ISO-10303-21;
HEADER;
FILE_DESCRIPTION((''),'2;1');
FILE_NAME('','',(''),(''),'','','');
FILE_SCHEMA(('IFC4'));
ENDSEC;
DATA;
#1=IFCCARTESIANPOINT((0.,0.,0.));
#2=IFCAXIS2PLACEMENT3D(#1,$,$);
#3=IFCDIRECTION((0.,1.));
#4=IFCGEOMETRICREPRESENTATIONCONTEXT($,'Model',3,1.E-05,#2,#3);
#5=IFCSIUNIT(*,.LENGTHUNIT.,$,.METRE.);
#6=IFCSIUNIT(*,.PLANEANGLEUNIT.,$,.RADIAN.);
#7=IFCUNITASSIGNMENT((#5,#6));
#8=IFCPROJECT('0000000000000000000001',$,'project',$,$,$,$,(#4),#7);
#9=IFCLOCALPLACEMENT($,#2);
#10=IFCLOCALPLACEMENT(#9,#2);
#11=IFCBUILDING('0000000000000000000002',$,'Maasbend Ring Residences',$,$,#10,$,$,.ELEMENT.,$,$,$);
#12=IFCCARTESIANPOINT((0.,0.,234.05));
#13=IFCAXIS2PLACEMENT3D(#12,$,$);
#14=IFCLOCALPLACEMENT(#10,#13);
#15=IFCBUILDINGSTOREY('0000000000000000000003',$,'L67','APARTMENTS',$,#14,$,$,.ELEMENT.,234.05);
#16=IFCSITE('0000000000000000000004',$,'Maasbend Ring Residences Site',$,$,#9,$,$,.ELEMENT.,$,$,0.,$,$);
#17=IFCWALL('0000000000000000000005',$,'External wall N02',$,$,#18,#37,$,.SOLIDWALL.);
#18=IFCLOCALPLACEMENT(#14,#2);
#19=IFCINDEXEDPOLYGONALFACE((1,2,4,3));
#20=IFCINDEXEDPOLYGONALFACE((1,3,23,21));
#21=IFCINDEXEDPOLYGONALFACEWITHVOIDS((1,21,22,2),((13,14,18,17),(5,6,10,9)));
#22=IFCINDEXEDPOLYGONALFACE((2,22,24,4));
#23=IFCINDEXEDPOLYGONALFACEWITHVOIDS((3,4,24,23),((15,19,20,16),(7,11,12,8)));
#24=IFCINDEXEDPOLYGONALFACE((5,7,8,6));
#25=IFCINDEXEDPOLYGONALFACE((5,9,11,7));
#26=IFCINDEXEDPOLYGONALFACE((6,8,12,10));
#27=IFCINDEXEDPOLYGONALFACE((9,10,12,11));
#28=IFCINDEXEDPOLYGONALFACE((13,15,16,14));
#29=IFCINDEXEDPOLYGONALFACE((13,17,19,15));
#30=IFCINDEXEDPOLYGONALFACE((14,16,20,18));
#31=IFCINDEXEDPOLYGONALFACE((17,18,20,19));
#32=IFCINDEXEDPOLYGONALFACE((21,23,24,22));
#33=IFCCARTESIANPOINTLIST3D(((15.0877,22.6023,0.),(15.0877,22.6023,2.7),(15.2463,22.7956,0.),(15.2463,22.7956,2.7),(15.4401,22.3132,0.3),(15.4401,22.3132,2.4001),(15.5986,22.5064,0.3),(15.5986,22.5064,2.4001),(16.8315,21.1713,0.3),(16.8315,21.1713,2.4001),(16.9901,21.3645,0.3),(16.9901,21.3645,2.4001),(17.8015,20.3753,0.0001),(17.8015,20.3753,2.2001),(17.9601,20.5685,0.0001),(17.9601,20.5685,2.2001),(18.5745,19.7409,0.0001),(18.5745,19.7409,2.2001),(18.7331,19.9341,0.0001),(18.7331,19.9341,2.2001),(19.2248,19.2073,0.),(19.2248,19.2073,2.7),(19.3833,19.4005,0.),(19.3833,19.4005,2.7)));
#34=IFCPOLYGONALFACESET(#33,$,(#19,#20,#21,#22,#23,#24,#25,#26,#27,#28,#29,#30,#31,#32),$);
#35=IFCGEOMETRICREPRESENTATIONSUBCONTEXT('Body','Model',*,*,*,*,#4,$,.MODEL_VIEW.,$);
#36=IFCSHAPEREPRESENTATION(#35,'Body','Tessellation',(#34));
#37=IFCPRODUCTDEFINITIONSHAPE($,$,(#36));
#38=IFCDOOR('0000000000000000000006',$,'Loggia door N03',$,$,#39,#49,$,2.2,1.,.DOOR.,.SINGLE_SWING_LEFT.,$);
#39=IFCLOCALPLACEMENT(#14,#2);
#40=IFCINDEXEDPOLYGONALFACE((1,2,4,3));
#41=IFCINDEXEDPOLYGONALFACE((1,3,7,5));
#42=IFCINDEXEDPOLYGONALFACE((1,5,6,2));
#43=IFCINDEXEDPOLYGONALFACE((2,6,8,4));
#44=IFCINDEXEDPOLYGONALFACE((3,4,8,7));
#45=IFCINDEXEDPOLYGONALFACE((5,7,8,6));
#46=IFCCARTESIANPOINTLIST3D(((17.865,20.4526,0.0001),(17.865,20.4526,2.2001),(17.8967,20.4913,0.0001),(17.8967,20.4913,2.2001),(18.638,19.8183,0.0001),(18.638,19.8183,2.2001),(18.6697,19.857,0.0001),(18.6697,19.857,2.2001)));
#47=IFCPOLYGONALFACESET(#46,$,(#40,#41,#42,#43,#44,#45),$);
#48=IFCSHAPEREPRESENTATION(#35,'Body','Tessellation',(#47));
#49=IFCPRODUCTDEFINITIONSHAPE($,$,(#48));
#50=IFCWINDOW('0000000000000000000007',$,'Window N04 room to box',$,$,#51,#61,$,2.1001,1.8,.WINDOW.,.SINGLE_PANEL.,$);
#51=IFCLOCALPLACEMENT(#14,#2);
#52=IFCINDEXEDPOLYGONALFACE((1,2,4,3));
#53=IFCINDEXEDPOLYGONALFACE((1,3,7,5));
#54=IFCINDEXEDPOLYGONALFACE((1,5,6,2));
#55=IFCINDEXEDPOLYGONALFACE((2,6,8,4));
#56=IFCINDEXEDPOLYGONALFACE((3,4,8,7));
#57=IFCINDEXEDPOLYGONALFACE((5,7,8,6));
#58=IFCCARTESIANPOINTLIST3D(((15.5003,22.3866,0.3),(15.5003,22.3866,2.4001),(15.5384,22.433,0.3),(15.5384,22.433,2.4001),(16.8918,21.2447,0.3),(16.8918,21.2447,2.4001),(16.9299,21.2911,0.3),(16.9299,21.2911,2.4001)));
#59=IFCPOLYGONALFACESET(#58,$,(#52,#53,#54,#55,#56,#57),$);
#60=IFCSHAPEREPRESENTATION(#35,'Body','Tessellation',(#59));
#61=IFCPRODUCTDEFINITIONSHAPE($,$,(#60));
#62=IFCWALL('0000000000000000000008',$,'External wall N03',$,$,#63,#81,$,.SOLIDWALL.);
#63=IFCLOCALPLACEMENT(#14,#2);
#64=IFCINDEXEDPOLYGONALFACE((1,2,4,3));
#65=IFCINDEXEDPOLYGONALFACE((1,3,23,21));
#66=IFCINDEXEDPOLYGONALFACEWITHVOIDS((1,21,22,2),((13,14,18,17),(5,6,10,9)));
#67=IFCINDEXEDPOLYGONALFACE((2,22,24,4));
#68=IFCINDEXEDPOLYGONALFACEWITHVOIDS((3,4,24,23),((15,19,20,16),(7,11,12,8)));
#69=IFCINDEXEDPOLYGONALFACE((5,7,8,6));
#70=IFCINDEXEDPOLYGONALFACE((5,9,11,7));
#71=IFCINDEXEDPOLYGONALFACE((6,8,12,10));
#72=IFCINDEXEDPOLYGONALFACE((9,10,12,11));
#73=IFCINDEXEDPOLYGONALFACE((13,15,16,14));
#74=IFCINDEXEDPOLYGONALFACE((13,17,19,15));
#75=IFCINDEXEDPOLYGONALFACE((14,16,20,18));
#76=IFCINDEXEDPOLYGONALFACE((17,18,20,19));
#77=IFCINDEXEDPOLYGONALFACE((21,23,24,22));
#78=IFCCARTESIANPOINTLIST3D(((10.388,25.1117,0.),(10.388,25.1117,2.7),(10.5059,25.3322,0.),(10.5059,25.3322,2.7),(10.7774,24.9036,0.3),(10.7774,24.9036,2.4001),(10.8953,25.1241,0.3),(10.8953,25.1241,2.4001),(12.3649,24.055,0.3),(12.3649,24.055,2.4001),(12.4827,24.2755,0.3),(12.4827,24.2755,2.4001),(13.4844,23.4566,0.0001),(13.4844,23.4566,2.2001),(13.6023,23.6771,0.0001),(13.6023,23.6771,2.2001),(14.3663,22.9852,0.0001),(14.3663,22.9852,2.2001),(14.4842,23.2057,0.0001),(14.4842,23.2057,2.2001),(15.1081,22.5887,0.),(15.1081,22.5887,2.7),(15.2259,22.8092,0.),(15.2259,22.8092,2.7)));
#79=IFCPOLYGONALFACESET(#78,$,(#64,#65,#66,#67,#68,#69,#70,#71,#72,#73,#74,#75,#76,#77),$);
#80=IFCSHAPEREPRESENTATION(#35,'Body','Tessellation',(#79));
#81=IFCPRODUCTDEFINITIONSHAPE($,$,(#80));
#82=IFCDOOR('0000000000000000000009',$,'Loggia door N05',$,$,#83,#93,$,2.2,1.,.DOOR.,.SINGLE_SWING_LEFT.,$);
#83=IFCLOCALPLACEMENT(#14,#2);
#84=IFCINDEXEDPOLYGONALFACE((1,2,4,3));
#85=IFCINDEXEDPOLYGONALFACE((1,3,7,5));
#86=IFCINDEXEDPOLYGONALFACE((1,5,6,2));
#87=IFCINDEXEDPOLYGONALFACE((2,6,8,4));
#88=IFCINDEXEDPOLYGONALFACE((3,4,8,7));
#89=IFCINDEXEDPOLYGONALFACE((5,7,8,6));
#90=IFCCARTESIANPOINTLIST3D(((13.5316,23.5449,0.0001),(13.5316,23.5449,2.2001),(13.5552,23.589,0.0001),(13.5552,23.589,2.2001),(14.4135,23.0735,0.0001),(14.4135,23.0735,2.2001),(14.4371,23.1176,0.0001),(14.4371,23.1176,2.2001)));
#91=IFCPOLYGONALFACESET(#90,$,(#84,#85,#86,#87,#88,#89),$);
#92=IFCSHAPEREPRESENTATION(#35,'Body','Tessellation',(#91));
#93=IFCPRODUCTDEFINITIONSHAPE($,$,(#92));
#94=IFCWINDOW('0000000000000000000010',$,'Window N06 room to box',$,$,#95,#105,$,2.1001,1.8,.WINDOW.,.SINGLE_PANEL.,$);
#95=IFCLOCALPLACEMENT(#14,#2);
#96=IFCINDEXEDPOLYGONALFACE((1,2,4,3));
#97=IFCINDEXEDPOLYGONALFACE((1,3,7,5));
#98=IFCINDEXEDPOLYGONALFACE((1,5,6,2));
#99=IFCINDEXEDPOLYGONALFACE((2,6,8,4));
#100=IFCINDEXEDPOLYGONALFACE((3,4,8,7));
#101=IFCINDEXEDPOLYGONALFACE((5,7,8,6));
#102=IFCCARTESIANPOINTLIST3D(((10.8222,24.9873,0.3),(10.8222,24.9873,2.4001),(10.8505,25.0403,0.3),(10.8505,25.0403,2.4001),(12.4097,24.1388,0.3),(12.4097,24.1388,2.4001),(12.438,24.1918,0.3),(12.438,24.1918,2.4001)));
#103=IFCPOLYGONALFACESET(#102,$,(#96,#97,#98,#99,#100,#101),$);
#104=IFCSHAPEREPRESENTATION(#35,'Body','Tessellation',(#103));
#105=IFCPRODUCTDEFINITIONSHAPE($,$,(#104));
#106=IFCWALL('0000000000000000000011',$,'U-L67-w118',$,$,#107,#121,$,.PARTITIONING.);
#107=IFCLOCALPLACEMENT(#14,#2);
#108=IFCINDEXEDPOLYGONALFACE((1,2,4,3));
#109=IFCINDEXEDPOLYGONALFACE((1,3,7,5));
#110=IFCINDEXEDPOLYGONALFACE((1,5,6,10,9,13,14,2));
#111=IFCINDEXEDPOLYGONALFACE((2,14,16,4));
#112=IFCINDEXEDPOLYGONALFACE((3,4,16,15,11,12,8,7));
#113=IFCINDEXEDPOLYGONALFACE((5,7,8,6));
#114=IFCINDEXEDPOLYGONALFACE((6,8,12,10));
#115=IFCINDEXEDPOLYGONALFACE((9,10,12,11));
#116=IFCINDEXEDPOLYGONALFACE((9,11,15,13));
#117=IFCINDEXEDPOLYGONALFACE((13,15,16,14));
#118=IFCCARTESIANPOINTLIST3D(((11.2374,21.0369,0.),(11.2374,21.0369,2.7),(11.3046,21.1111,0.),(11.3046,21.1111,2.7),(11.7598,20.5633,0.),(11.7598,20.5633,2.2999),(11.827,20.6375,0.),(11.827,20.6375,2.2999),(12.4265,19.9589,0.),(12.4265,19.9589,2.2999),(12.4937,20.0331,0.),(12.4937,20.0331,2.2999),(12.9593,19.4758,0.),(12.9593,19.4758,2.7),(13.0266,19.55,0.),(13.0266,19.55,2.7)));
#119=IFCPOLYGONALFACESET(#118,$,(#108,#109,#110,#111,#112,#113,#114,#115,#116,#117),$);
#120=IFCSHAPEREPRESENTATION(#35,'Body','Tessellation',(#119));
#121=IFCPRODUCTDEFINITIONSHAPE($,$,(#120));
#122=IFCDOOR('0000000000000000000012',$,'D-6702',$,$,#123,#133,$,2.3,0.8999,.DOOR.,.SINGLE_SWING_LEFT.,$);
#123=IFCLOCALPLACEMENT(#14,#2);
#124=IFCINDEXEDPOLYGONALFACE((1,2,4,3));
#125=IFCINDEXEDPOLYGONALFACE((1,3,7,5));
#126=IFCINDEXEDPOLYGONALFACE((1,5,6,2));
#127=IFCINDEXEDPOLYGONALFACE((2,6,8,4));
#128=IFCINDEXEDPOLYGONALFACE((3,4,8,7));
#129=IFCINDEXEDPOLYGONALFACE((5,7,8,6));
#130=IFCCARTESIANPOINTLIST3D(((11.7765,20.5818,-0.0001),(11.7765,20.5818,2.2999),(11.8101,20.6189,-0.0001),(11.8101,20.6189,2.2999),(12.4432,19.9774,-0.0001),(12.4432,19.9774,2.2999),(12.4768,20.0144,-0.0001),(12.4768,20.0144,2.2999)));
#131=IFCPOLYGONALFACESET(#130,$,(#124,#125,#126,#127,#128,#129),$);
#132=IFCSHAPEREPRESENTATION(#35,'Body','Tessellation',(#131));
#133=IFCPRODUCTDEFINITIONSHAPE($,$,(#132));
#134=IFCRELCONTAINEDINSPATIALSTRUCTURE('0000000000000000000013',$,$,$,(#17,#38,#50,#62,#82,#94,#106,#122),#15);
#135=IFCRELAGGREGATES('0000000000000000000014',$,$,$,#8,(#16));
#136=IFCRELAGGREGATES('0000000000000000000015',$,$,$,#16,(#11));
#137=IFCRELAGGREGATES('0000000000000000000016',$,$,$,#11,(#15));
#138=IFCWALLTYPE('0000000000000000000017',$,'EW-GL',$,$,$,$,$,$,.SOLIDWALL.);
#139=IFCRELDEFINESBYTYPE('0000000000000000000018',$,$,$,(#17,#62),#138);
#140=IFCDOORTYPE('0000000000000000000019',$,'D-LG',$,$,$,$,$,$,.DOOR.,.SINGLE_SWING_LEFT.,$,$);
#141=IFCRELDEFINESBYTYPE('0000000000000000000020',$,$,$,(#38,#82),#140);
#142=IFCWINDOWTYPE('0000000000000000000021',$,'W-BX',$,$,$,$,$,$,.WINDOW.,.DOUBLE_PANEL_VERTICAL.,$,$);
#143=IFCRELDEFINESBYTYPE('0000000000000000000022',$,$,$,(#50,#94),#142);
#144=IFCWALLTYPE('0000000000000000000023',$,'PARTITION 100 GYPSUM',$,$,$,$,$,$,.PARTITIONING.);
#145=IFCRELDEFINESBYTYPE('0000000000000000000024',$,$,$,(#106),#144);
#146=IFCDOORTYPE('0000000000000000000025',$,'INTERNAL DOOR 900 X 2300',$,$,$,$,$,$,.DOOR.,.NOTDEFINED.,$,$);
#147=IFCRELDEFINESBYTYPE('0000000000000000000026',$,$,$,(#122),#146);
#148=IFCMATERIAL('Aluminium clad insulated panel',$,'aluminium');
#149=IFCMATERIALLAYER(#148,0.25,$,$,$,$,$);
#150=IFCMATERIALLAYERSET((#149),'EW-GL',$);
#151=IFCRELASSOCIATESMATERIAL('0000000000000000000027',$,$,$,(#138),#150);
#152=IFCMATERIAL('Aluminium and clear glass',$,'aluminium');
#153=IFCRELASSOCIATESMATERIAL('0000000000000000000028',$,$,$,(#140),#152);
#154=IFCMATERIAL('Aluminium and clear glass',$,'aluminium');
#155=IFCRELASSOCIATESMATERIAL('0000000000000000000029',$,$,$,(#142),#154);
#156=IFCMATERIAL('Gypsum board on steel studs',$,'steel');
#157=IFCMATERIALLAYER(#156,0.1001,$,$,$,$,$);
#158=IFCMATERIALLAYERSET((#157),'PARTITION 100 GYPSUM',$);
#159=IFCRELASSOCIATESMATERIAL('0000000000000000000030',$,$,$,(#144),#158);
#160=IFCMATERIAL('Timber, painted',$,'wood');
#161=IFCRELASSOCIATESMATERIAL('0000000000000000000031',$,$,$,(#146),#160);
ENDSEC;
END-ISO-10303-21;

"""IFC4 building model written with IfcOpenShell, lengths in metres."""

from ifc_helpers import new_model, si_unit, direction, frame, frame_2d, origin, place, context, subcontext, project, spatial, rectangle, extrude, material, layer, layer_set, type_object, element, fill, save


model = new_model("IFC4")

# Units and contexts
model_context = context("Model", 3, precision=1e-05, world=origin(), true_north=direction((0.0, 1.0)))
body_context = subcontext(model_context, "Body", "Model", "MODEL_VIEW")
ifc_project = project(units=[si_unit("LENGTHUNIT", "METRE"), si_unit("PLANEANGLEUNIT", "RADIAN")], contexts=[model_context])

# Site, building, storey
site_placement = place(None, origin())
site = spatial("IfcSite", under=ifc_project, at=site_placement, Name="Maasbend Ring Residences Site", CompositionType="ELEMENT", RefElevation=0.0)
building_placement = place(site_placement, origin())
building = spatial("IfcBuilding", under=site, at=building_placement, Name="Maasbend Ring Residences", CompositionType="ELEMENT")
storey_placement = place(building_placement, frame((0.0, 0.0, 234.05)))
storey = spatial("IfcBuildingStorey", under=building, at=storey_placement, Name="L67", Description="APARTMENTS", CompositionType="ELEMENT", Elevation=234.05)

# Walls, openings, doors, windows
ifc_material_1 = material(Name="Aluminium clad insulated panel", Category="aluminium")
ifc_layer_1 = layer(ifc_material_1, 0.25)
ifc_layer_set_1 = layer_set([ifc_layer_1], Name="EW-GL")
wall_type_1 = type_object("IfcWallType", Name="EW-GL", PredefinedType="SOLIDWALL", material=ifc_layer_set_1)
wall_1_placement = place(storey_placement, frame((19.304, 19.304, 0.0), z_axis=(0.0, 0.0, 1.0), x_axis=(-0.773019, 0.634382, 0.0)))
wall_1 = element("IfcWall", 1, at=wall_1_placement, inside=storey, type_object=wall_type_1, Name="External wall N02", PredefinedType="SOLIDWALL", context=body_context, shape_type="SweptSolid", body=[
    extrude(rectangle(XDim=5.3518, YDim=0.25, at=frame_2d((2.6758, 0.0))), origin(), (0.0, 0.0, 1.0), 2.7),
])
opening_1_placement = place(wall_1_placement, frame((0.8411, 0.0, 0.0)))
opening_1 = element("IfcOpeningElement", 2, at=opening_1_placement, cuts=wall_1, PredefinedType="OPENING", context=body_context, shape_type="SweptSolid", body=[
    extrude(rectangle(XDim=1.0, YDim=2.2, at=frame_2d((0.5, 1.1001))), frame((0.0, 0.135, 0.0), z_axis=(0.0, -1.0, 0.0), x_axis=(1.0, 0.0, 0.0)), (0.0, 0.0, 1.0), 0.27),
])
opening_2_placement = place(wall_1_placement, frame((3.0959, 0.0, 0.3)))
opening_2 = element("IfcOpeningElement", 3, at=opening_2_placement, cuts=wall_1, PredefinedType="OPENING", context=body_context, shape_type="SweptSolid", body=[
    extrude(rectangle(XDim=1.8, YDim=2.1001, at=frame_2d((0.8999, 1.05))), frame((0.0, 0.135, 0.0), z_axis=(0.0, -1.0, 0.0), x_axis=(1.0, 0.0, 0.0)), (0.0, 0.0, 1.0), 0.27),
])
ifc_material_2 = material(Name="Aluminium and clear glass", Category="aluminium")
door_type_1 = type_object("IfcDoorType", Name="D-LG", OperationType="SINGLE_SWING_LEFT", PredefinedType="DOOR", material=ifc_material_2)
door_1_placement = place(opening_1_placement, origin())
door_1 = element("IfcDoor", 4, at=door_1_placement, inside=storey, type_object=door_type_1, Name="Loggia door N03", OperationType="SINGLE_SWING_LEFT", OverallHeight=2.2, OverallWidth=1.0, PredefinedType="DOOR", context=body_context, shape_type="SweptSolid", body=[
    extrude(rectangle(XDim=1.0, YDim=2.2, at=frame_2d((0.5, 1.1001))), frame((0.0, 0.0249, 0.0), z_axis=(0.0, -1.0, 0.0), x_axis=(1.0, 0.0, 0.0)), (0.0, 0.0, 1.0), 0.05),
])
fill(opening_1, door_1)
ifc_material_3 = material(Name="Aluminium and clear glass", Category="aluminium")
window_type_1 = type_object("IfcWindowType", Name="W-BX", PartitioningType="DOUBLE_PANEL_VERTICAL", PredefinedType="WINDOW", material=ifc_material_3)
window_1_placement = place(opening_2_placement, origin())
window_1 = element("IfcWindow", 5, at=window_1_placement, inside=storey, type_object=window_type_1, Name="Window N04 room to box", OverallHeight=2.1001, OverallWidth=1.8, PartitioningType="SINGLE_PANEL", PredefinedType="WINDOW", context=body_context, shape_type="SweptSolid", body=[
    extrude(rectangle(XDim=1.8, YDim=2.1001, at=frame_2d((0.8999, 1.05))), frame((0.0, 0.03, 0.0), z_axis=(0.0, -1.0, 0.0), x_axis=(1.0, 0.0, 0.0)), (0.0, 0.0, 1.0), 0.0601),
])
fill(opening_2, window_1)
wall_2_placement = place(storey_placement, frame((15.167, 22.699, 0.0), z_axis=(0.0, 0.0, 1.0), x_axis=(-0.881916, 0.471407, 0.0)))
wall_2 = element("IfcWall", 6, at=wall_2_placement, inside=storey, type_object=wall_type_1, Name="External wall N03", PredefinedType="SOLIDWALL", context=body_context, shape_type="SweptSolid", body=[
    extrude(rectangle(XDim=5.3521, YDim=0.25, at=frame_2d((2.676, 0.0))), origin(), (0.0, 0.0, 1.0), 2.7),
])
opening_3_placement = place(wall_2_placement, frame((0.8411, 0.0, 0.0)))
opening_3 = element("IfcOpeningElement", 7, at=opening_3_placement, cuts=wall_2, PredefinedType="OPENING", context=body_context, shape_type="SweptSolid", body=[
    extrude(rectangle(XDim=1.0, YDim=2.2, at=frame_2d((0.5, 1.1001))), frame((0.0, 0.135, 0.0), z_axis=(0.0, -1.0, 0.0), x_axis=(1.0, 0.0, 0.0)), (0.0, 0.0, 1.0), 0.27),
])
opening_4_placement = place(wall_2_placement, frame((3.1106, 0.0, 0.3)))
opening_4 = element("IfcOpeningElement", 8, at=opening_4_placement, cuts=wall_2, PredefinedType="OPENING", context=body_context, shape_type="SweptSolid", body=[
    extrude(rectangle(XDim=1.8, YDim=2.1001, at=frame_2d((0.8999, 1.05))), frame((0.0, 0.135, 0.0), z_axis=(0.0, -1.0, 0.0), x_axis=(1.0, 0.0, 0.0)), (0.0, 0.0, 1.0), 0.27),
])
door_2_placement = place(opening_3_placement, origin())
door_2 = element("IfcDoor", 9, at=door_2_placement, inside=storey, type_object=door_type_1, Name="Loggia door N05", OperationType="SINGLE_SWING_LEFT", OverallHeight=2.2, OverallWidth=1.0, PredefinedType="DOOR", context=body_context, shape_type="SweptSolid", body=[
    extrude(rectangle(XDim=1.0, YDim=2.2, at=frame_2d((0.5, 1.1001))), frame((0.0, 0.0249, 0.0), z_axis=(0.0, -1.0, 0.0), x_axis=(1.0, 0.0, 0.0)), (0.0, 0.0, 1.0), 0.05),
])
fill(opening_3, door_2)
window_2_placement = place(opening_4_placement, origin())
window_2 = element("IfcWindow", 10, at=window_2_placement, inside=storey, type_object=window_type_1, Name="Window N06 room to box", OverallHeight=2.1001, OverallWidth=1.8, PartitioningType="SINGLE_PANEL", PredefinedType="WINDOW", context=body_context, shape_type="SweptSolid", body=[
    extrude(rectangle(XDim=1.8, YDim=2.1001, at=frame_2d((0.8999, 1.05))), frame((0.0, 0.03, 0.0), z_axis=(0.0, -1.0, 0.0), x_axis=(1.0, 0.0, 0.0)), (0.0, 0.0, 1.0), 0.0601),
])
fill(opening_4, window_2)

# Wall, opening, door
ifc_material_4 = material(Name="Gypsum board on steel studs", Category="steel")
ifc_layer_2 = layer(ifc_material_4, 0.1001)
ifc_layer_set_2 = layer_set([ifc_layer_2], Name="PARTITION 100 GYPSUM")
wall_type_2 = type_object("IfcWallType", Name="PARTITION 100 GYPSUM", PredefinedType="PARTITIONING", material=ifc_layer_set_2)
wall_3_placement = place(storey_placement, frame((11.271, 21.074, 0.0), z_axis=(0.0, 0.0, 1.0), x_axis=(0.740871, -0.671647, 0.0)))
wall_3 = element("IfcWall", 11, at=wall_3_placement, inside=storey, type_object=wall_type_2, Name="U-L67-w118", PredefinedType="PARTITIONING", context=body_context, shape_type="SweptSolid", body=[
    extrude(rectangle(XDim=2.3242, YDim=0.1001, at=frame_2d((1.1621, 0.0))), origin(), (0.0, 0.0, 1.0), 2.7),
])
opening_5_placement = place(wall_3_placement, frame((0.7051, 0.0, 0.0)))
opening_5 = element("IfcOpeningElement", 12, at=opening_5_placement, cuts=wall_3, PredefinedType="OPENING", context=body_context, shape_type="SweptSolid", body=[
    extrude(rectangle(XDim=0.8999, YDim=2.3, at=frame_2d((0.45, 1.1499))), frame((0.0, 0.0601, 0.0), z_axis=(0.0, -1.0, 0.0), x_axis=(1.0, 0.0, 0.0)), (0.0, 0.0, 1.0), 0.1201),
])
ifc_material_5 = material(Name="Timber, painted", Category="wood")
door_type_2 = type_object("IfcDoorType", Name="INTERNAL DOOR 900 X 2300", OperationType="NOTDEFINED", PredefinedType="DOOR", material=ifc_material_5)
door_3_placement = place(opening_5_placement, origin())
door_3 = element("IfcDoor", 13, at=door_3_placement, inside=storey, type_object=door_type_2, Name="D-6702", OperationType="SINGLE_SWING_LEFT", OverallHeight=2.3, OverallWidth=0.8999, PredefinedType="DOOR", context=body_context, shape_type="SweptSolid", body=[
    extrude(rectangle(XDim=0.8999, YDim=2.3, at=frame_2d((0.45, 1.1499))), frame((0.0, 0.0249, 0.0), z_axis=(0.0, -1.0, 0.0), x_axis=(1.0, 0.0, 0.0)), (0.0, 0.0, 1.0), 0.05),
])
fill(opening_5, door_3)

save(model, "model.ifc")
